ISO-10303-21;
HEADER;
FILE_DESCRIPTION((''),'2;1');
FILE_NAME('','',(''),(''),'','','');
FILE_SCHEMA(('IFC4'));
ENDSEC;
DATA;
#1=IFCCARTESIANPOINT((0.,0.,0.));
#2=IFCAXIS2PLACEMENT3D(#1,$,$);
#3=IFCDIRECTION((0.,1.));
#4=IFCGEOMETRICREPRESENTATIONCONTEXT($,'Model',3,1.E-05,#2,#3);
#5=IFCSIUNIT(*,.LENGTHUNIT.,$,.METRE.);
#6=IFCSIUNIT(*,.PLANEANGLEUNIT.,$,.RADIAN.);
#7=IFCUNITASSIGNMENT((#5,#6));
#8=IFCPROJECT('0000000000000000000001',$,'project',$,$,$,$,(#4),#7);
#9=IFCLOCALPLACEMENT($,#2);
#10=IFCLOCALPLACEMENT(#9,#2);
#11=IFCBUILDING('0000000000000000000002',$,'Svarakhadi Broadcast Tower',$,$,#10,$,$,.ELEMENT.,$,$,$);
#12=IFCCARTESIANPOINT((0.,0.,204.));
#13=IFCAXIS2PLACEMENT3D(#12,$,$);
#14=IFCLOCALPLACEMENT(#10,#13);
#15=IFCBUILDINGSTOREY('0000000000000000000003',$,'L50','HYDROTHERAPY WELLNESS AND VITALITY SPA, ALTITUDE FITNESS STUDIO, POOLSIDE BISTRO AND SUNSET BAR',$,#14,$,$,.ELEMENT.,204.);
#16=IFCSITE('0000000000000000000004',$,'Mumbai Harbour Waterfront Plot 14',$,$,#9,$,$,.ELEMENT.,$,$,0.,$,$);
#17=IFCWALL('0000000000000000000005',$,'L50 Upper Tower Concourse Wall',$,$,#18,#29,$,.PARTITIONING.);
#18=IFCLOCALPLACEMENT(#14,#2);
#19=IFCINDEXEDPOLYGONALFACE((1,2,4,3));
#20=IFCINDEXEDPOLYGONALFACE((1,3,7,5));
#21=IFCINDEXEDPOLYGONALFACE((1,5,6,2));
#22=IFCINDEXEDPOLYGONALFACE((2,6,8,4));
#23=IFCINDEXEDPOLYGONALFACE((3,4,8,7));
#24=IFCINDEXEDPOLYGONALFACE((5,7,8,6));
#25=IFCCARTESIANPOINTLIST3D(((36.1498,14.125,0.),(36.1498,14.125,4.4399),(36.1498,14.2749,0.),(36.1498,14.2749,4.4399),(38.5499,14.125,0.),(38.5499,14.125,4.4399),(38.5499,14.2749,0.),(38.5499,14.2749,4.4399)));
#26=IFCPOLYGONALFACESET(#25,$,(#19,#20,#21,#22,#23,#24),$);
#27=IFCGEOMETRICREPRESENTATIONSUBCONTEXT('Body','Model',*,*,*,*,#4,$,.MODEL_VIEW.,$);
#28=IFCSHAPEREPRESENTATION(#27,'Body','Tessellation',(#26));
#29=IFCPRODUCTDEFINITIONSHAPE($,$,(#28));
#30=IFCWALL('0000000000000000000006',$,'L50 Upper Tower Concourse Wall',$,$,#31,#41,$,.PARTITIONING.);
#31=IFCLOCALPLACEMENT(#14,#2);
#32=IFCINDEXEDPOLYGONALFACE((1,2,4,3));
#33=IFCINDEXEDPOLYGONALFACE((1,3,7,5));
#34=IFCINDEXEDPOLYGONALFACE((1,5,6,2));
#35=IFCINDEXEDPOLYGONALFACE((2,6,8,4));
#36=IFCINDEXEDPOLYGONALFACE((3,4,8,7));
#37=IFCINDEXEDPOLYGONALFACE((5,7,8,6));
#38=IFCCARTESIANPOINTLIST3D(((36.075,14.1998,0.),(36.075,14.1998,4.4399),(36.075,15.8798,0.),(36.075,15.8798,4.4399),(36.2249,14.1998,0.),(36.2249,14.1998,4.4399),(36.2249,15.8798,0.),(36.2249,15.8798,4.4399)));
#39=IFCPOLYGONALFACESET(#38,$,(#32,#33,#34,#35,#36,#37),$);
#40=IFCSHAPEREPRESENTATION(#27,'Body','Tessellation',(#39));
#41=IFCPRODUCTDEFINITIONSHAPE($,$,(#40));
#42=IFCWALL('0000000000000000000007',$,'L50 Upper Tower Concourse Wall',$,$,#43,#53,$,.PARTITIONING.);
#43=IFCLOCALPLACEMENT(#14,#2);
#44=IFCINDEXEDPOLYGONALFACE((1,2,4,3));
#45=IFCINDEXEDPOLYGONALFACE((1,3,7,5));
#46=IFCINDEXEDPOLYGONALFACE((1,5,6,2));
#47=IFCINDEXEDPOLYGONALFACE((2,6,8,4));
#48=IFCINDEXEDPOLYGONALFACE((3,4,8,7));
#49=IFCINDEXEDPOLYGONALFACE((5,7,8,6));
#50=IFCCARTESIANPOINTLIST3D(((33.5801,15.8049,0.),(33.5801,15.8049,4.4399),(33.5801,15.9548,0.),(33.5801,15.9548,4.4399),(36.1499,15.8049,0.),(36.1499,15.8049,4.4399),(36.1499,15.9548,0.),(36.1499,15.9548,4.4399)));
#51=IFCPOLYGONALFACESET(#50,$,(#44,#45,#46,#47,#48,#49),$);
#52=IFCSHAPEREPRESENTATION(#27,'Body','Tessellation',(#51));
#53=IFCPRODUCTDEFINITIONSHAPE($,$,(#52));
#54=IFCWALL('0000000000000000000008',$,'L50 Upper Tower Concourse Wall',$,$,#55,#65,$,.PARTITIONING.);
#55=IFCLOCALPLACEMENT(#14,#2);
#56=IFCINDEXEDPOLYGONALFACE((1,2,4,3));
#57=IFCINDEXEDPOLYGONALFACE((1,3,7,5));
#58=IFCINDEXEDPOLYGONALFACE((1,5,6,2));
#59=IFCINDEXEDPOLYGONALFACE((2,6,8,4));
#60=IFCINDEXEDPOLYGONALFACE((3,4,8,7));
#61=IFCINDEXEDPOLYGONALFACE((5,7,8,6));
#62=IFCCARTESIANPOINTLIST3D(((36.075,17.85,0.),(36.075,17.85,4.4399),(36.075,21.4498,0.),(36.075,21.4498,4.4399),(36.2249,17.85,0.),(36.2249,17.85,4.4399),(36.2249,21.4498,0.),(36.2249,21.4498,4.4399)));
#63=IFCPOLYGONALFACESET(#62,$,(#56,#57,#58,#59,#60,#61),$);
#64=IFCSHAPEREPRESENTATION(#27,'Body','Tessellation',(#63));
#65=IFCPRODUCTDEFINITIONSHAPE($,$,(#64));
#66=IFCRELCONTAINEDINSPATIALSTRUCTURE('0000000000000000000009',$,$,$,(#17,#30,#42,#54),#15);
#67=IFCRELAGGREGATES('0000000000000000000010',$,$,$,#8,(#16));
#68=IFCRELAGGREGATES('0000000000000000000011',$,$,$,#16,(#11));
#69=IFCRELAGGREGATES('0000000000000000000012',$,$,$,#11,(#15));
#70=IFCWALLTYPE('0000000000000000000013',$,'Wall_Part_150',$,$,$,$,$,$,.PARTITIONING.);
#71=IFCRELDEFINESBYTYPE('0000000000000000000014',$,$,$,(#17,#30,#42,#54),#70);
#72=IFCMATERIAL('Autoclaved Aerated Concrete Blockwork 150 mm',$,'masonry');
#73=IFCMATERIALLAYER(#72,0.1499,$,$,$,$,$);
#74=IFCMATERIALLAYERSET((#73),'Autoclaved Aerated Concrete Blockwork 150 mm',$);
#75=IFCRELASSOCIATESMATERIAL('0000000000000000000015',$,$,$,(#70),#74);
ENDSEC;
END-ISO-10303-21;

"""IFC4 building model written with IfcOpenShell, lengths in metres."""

from ifc_helpers import new_model, si_unit, direction, frame, frame_2d, origin, place, context, subcontext, project, spatial, rectangle, extrude, material, layer, layer_set, type_object, element, save


model = new_model("IFC4")

# Units and contexts
model_context = context("Model", 3, precision=1e-05, world=origin(), true_north=direction((0.0, 1.0)))
body_context = subcontext(model_context, "Body", "Model", "MODEL_VIEW")
ifc_project = project(units=[si_unit("LENGTHUNIT", "METRE"), si_unit("PLANEANGLEUNIT", "RADIAN")], contexts=[model_context])

# Site, building, storey
site_placement = place(None, origin())
site = spatial("IfcSite", under=ifc_project, at=site_placement, Name="Mumbai Harbour Waterfront Plot 14", CompositionType="ELEMENT", RefElevation=0.0)
building_placement = place(site_placement, origin())
building = spatial("IfcBuilding", under=site, at=building_placement, Name="Svarakhadi Broadcast Tower", CompositionType="ELEMENT")
storey_placement = place(building_placement, frame((0.0, 0.0, 204.0)))
storey = spatial("IfcBuildingStorey", under=building, at=storey_placement, Name="L50", Description="HYDROTHERAPY WELLNESS AND VITALITY SPA, ALTITUDE FITNESS STUDIO, POOLSIDE BISTRO AND SUNSET BAR", CompositionType="ELEMENT", Elevation=204.0)

# Shared definitions
ifc_material_1 = material(Name="Autoclaved Aerated Concrete Blockwork 150 mm", Category="masonry")
ifc_layer_1 = layer(ifc_material_1, 0.1499)
ifc_layer_set_1 = layer_set([ifc_layer_1], Name="Autoclaved Aerated Concrete Blockwork 150 mm")
wall_type_1 = type_object("IfcWallType", Name="Wall_Part_150", PredefinedType="PARTITIONING", material=ifc_layer_set_1)

# Walls
wall_1_placement = place(storey_placement, frame((38.55, 14.2, 0.0), z_axis=(0.0, 0.0, 1.0), x_axis=(-1.0, 0.0, 0.0)))
element("IfcWall", 1, at=wall_1_placement, inside=storey, type_object=wall_type_1, Name="L50 Upper Tower Concourse Wall", PredefinedType="PARTITIONING", context=body_context, shape_type="SweptSolid", body=[
    extrude(rectangle(XDim=2.4001, YDim=0.1499, at=frame_2d((1.2002, 0.0))), origin(), (0.0, 0.0, 1.0), 4.4399),
])
wall_2_placement = place(storey_placement, frame((36.1499, 14.2, 0.0), z_axis=(0.0, 0.0, 1.0), x_axis=(0.0, 1.0, 0.0)))
element("IfcWall", 2, at=wall_2_placement, inside=storey, type_object=wall_type_1, Name="L50 Upper Tower Concourse Wall", PredefinedType="PARTITIONING", context=body_context, shape_type="SweptSolid", body=[
    extrude(rectangle(XDim=1.6799, YDim=0.1499, at=frame_2d((0.8398, 0.0))), origin(), (0.0, 0.0, 1.0), 4.4399),
])
wall_3_placement = place(storey_placement, frame((36.1499, 15.8799, 0.0), z_axis=(0.0, 0.0, 1.0), x_axis=(-1.0, 0.0, 0.0)))
element("IfcWall", 3, at=wall_3_placement, inside=storey, type_object=wall_type_1, Name="L50 Upper Tower Concourse Wall", PredefinedType="PARTITIONING", context=body_context, shape_type="SweptSolid", body=[
    extrude(rectangle(XDim=2.5698, YDim=0.1499, at=frame_2d((1.2849, 0.0))), origin(), (0.0, 0.0, 1.0), 4.4399),
])
wall_4_placement = place(storey_placement, frame((36.1499, 17.8501, 0.0), z_axis=(0.0, 0.0, 1.0), x_axis=(0.0, 1.0, 0.0)))
element("IfcWall", 4, at=wall_4_placement, inside=storey, type_object=wall_type_1, Name="L50 Upper Tower Concourse Wall", PredefinedType="PARTITIONING", context=body_context, shape_type="SweptSolid", body=[
    extrude(rectangle(XDim=3.5999, YDim=0.1499, at=frame_2d((1.7998, 0.0))), origin(), (0.0, 0.0, 1.0), 4.4399),
])

save(model, "model.ifc")
